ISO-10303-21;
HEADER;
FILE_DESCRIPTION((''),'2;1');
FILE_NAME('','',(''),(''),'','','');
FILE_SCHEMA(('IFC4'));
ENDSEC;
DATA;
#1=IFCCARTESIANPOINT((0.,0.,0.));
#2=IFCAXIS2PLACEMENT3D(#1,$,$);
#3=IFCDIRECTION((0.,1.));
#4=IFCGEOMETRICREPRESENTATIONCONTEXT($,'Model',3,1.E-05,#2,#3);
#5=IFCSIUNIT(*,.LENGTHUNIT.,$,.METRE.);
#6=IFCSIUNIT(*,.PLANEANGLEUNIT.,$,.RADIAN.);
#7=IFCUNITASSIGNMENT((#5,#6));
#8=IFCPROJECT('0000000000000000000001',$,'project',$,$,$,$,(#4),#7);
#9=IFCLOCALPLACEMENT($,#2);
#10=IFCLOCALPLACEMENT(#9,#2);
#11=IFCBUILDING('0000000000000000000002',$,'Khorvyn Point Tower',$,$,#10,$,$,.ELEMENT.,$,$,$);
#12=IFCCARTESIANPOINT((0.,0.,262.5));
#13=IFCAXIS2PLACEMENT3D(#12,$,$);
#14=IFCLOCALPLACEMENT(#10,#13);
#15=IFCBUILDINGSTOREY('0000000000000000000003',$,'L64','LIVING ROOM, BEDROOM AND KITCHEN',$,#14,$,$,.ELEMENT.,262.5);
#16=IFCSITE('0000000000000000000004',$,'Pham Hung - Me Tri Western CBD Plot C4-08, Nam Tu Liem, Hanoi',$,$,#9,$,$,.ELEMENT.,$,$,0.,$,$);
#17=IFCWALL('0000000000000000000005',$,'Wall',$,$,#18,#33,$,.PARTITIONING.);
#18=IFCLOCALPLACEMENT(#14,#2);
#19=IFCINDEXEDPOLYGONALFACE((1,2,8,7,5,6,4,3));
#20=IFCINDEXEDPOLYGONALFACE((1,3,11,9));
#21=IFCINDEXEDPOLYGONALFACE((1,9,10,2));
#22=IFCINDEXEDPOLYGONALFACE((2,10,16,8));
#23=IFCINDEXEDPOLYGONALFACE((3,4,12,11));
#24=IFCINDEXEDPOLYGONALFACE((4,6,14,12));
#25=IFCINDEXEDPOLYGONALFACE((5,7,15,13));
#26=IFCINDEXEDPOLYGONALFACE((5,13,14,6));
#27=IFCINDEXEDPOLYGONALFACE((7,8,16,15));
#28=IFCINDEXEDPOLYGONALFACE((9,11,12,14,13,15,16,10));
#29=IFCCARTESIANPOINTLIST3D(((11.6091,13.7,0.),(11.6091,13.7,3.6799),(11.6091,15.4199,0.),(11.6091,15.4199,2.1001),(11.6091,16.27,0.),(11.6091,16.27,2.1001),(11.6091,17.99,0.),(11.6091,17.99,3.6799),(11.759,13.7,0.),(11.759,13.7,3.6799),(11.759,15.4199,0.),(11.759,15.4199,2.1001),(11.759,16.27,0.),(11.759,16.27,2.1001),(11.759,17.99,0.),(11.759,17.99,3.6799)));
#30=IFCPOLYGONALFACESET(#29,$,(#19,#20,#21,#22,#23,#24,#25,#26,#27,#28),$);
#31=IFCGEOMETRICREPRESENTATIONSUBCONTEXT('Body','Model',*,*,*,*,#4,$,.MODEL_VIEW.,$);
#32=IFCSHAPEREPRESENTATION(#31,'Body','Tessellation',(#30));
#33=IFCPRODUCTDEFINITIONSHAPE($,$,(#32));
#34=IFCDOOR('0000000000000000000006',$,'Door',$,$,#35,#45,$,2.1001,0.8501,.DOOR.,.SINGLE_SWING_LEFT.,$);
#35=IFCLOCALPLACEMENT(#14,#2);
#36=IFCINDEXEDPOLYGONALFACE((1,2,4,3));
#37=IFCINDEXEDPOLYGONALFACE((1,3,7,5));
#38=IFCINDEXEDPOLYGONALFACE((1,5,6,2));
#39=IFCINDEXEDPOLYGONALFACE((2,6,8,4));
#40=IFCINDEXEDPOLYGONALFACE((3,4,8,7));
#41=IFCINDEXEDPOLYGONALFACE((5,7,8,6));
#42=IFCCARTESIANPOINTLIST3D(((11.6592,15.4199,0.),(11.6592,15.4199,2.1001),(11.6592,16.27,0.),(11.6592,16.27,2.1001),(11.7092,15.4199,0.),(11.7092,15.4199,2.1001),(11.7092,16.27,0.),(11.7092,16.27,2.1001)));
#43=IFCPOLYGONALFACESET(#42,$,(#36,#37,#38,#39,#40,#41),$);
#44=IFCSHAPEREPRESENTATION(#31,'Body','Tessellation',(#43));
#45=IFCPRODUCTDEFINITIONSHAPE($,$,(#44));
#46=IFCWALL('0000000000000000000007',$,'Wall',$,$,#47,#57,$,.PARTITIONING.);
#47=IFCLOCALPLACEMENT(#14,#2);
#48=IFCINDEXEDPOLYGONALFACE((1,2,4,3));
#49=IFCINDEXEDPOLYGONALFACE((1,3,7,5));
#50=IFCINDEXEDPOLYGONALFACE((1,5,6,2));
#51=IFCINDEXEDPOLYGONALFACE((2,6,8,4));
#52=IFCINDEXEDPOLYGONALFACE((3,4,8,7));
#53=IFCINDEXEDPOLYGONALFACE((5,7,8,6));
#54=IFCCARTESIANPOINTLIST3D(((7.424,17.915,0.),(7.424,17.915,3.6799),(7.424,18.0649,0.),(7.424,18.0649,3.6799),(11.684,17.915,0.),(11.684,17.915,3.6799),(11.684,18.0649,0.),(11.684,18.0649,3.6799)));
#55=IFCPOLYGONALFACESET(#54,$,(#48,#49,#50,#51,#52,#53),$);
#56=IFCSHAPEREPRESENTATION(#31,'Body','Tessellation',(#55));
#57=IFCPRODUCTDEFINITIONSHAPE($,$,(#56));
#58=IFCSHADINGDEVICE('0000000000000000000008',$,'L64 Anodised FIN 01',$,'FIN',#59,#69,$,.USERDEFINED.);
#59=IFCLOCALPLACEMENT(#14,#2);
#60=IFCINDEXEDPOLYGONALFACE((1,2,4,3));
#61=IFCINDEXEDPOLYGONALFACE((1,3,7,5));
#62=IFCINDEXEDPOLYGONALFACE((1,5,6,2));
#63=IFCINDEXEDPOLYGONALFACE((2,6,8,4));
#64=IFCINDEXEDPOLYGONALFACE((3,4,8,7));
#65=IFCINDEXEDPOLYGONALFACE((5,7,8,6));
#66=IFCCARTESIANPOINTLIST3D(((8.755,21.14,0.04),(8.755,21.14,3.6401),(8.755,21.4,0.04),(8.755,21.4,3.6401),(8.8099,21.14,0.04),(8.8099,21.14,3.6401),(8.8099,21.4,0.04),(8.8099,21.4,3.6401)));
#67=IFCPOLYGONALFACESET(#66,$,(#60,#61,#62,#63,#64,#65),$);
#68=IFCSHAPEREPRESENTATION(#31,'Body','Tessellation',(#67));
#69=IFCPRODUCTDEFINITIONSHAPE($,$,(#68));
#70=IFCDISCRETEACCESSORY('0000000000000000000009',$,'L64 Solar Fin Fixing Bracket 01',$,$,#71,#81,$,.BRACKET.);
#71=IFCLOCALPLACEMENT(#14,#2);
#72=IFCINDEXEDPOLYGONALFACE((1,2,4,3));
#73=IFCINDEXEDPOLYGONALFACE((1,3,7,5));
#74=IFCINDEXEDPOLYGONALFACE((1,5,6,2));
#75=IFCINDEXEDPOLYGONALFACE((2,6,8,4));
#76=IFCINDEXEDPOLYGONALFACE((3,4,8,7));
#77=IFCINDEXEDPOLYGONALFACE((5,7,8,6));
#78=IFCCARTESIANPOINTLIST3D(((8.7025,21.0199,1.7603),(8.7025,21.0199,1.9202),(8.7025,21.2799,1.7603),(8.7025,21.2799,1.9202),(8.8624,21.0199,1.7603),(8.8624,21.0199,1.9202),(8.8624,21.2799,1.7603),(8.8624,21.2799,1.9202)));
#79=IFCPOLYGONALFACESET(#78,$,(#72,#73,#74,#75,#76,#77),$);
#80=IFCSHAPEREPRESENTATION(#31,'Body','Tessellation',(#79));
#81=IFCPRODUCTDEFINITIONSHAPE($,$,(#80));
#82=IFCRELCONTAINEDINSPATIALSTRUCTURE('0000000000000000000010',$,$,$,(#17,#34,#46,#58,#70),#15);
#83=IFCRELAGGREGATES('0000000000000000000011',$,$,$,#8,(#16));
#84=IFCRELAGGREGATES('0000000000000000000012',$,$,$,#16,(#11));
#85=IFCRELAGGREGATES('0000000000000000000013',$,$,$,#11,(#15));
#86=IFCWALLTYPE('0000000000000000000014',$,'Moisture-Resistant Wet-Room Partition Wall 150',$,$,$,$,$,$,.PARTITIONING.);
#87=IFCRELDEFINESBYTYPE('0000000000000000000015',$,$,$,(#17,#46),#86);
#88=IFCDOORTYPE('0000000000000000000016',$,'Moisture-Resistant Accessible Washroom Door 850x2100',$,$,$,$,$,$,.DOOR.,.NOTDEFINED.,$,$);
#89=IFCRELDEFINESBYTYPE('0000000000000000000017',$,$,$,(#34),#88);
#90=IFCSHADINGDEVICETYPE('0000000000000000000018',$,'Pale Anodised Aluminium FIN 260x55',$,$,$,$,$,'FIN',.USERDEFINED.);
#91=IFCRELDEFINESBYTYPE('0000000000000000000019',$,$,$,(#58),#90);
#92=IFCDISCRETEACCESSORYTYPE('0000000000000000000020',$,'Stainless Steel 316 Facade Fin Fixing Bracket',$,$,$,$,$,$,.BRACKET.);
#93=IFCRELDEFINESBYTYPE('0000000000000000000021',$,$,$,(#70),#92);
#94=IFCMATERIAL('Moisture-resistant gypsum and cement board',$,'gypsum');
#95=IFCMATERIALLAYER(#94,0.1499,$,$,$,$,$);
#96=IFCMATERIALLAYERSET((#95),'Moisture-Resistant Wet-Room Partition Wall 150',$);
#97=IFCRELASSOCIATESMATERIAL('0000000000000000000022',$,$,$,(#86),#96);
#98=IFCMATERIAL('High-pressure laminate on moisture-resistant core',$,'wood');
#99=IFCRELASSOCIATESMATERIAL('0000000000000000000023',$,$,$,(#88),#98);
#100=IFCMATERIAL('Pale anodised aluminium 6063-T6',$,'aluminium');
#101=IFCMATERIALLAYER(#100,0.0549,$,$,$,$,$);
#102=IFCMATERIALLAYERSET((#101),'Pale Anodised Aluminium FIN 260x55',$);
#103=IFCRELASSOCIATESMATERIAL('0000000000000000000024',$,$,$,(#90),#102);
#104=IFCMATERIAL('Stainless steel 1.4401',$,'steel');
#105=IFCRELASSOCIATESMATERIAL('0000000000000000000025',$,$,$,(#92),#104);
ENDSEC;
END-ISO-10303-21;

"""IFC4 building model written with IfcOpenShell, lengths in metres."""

from ifc_helpers import new_model, si_unit, direction, frame, frame_2d, origin, origin_2d, place, context, subcontext, project, spatial, rectangle, extrude, material, layer, layer_set, type_object, element, fill, save


model = new_model("IFC4")

# Units and contexts
model_context = context("Model", 3, precision=1e-05, world=origin(), true_north=direction((0.0, 1.0)))
body_context = subcontext(model_context, "Body", "Model", "MODEL_VIEW")
ifc_project = project(units=[si_unit("LENGTHUNIT", "METRE"), si_unit("PLANEANGLEUNIT", "RADIAN")], contexts=[model_context])

# Site, building, storey
site_placement = place(None, origin())
site = spatial("IfcSite", under=ifc_project, at=site_placement, Name="Pham Hung - Me Tri Western CBD Plot C4-08, Nam Tu Liem, Hanoi", CompositionType="ELEMENT", RefElevation=0.0)
building_placement = place(site_placement, origin())
building = spatial("IfcBuilding", under=site, at=building_placement, Name="Khorvyn Point Tower", CompositionType="ELEMENT")
storey_placement = place(building_placement, frame((0.0, 0.0, 262.5)))
storey = spatial("IfcBuildingStorey", under=building, at=storey_placement, Name="L64", Description="LIVING ROOM, BEDROOM AND KITCHEN", CompositionType="ELEMENT", Elevation=262.5)

# Wall, opening, door
ifc_material_1 = material(Name="Moisture-resistant gypsum and cement board", Category="gypsum")
ifc_layer_1 = layer(ifc_material_1, 0.1499)
ifc_layer_set_1 = layer_set([ifc_layer_1], Name="Moisture-Resistant Wet-Room Partition Wall 150")
wall_type_1 = type_object("IfcWallType", Name="Moisture-Resistant Wet-Room Partition Wall 150", PredefinedType="PARTITIONING", material=ifc_layer_set_1)
wall_1_placement = place(storey_placement, frame((11.6841, 13.7, 0.0), z_axis=(0.0, 0.0, 1.0), x_axis=(0.0, 1.0, 0.0)))
wall_1 = element("IfcWall", 1, at=wall_1_placement, inside=storey, type_object=wall_type_1, Name="Wall", PredefinedType="PARTITIONING", context=body_context, shape_type="SweptSolid", body=[
    extrude(rectangle(XDim=4.29, YDim=0.1499, at=frame_2d((2.145, 0.0))), origin(), (0.0, 0.0, 1.0), 3.6799),
])
opening_1_placement = place(wall_1_placement, frame((1.72, 0.0, 0.0)))
opening_1 = element("IfcOpeningElement", 2, at=opening_1_placement, cuts=wall_1, PredefinedType="OPENING", context=body_context, shape_type="SweptSolid", body=[
    extrude(rectangle(XDim=0.8501, YDim=2.1001, at=frame_2d((0.425, 1.05))), frame((0.0, 0.085, 0.0), z_axis=(0.0, -1.0, 0.0), x_axis=(1.0, 0.0, 0.0)), (0.0, 0.0, 1.0), 0.1699),
])
ifc_material_2 = material(Name="High-pressure laminate on moisture-resistant core", Category="wood")
door_type_1 = type_object("IfcDoorType", Name="Moisture-Resistant Accessible Washroom Door 850x2100", OperationType="NOTDEFINED", PredefinedType="DOOR", material=ifc_material_2)
door_1_placement = place(opening_1_placement, origin())
door_1 = element("IfcDoor", 3, at=door_1_placement, inside=storey, type_object=door_type_1, Name="Door", OperationType="SINGLE_SWING_LEFT", OverallHeight=2.1001, OverallWidth=0.8501, PredefinedType="DOOR", context=body_context, shape_type="SweptSolid", body=[
    extrude(rectangle(XDim=0.8501, YDim=2.1001, at=frame_2d((0.425, 1.05))), frame((0.0, 0.0249, 0.0), z_axis=(0.0, -1.0, 0.0), x_axis=(1.0, 0.0, 0.0)), (0.0, 0.0, 1.0), 0.05),
])
fill(opening_1, door_1)

# Wall
wall_2_placement = place(storey_placement, frame((7.4241, 17.99, 0.0), z_axis=(0.0, 0.0, 1.0), x_axis=(1.0, 0.0, 0.0)))
element("IfcWall", 4, at=wall_2_placement, inside=storey, type_object=wall_type_1, Name="Wall", PredefinedType="PARTITIONING", context=body_context, shape_type="SweptSolid", body=[
    extrude(rectangle(XDim=4.26, YDim=0.1499, at=frame_2d((2.1299, 0.0))), origin(), (0.0, 0.0, 1.0), 3.6799),
])

# Shading device
ifc_material_3 = material(Name="Pale anodised aluminium 6063-T6", Category="aluminium")
ifc_layer_2 = layer(ifc_material_3, 0.0549)
ifc_layer_set_2 = layer_set([ifc_layer_2], Name="Pale Anodised Aluminium FIN 260x55")
shading_device_type = type_object("IfcShadingDeviceType", Name="Pale Anodised Aluminium FIN 260x55", ElementType="FIN", PredefinedType="USERDEFINED", material=ifc_layer_set_2)
shading_device_placement = place(storey_placement, frame((8.7825, 21.27, 0.04), z_axis=(0.0, 0.0, 1.0), x_axis=(0.0, 1.0, 0.0)))
element("IfcShadingDevice", 5, at=shading_device_placement, inside=storey, type_object=shading_device_type, Name="L64 Anodised FIN 01", ObjectType="FIN", PredefinedType="USERDEFINED", context=body_context, shape_type="SweptSolid", body=[
    extrude(rectangle(XDim=0.26, YDim=0.0549, at=origin_2d()), origin(), (0.0, 0.0, 1.0), 3.6001),
])

# Discrete accessory
ifc_material_4 = material(Name="Stainless steel 1.4401", Category="steel")
discrete_accessory_type = type_object("IfcDiscreteAccessoryType", Name="Stainless Steel 316 Facade Fin Fixing Bracket", PredefinedType="BRACKET", material=ifc_material_4)
discrete_accessory_placement = place(storey_placement, frame((8.7825, 21.1499, 1.7603), z_axis=(0.0, 0.0, 1.0), x_axis=(1.0, 0.0, 0.0)))
element("IfcDiscreteAccessory", 6, at=discrete_accessory_placement, inside=storey, type_object=discrete_accessory_type, Name="L64 Solar Fin Fixing Bracket 01", PredefinedType="BRACKET", context=body_context, shape_type="SweptSolid", body=[
    extrude(rectangle(XDim=0.1599, YDim=0.26, at=origin_2d()), origin(), (0.0, 0.0, 1.0), 0.1599),
])

save(model, "model.ifc")
